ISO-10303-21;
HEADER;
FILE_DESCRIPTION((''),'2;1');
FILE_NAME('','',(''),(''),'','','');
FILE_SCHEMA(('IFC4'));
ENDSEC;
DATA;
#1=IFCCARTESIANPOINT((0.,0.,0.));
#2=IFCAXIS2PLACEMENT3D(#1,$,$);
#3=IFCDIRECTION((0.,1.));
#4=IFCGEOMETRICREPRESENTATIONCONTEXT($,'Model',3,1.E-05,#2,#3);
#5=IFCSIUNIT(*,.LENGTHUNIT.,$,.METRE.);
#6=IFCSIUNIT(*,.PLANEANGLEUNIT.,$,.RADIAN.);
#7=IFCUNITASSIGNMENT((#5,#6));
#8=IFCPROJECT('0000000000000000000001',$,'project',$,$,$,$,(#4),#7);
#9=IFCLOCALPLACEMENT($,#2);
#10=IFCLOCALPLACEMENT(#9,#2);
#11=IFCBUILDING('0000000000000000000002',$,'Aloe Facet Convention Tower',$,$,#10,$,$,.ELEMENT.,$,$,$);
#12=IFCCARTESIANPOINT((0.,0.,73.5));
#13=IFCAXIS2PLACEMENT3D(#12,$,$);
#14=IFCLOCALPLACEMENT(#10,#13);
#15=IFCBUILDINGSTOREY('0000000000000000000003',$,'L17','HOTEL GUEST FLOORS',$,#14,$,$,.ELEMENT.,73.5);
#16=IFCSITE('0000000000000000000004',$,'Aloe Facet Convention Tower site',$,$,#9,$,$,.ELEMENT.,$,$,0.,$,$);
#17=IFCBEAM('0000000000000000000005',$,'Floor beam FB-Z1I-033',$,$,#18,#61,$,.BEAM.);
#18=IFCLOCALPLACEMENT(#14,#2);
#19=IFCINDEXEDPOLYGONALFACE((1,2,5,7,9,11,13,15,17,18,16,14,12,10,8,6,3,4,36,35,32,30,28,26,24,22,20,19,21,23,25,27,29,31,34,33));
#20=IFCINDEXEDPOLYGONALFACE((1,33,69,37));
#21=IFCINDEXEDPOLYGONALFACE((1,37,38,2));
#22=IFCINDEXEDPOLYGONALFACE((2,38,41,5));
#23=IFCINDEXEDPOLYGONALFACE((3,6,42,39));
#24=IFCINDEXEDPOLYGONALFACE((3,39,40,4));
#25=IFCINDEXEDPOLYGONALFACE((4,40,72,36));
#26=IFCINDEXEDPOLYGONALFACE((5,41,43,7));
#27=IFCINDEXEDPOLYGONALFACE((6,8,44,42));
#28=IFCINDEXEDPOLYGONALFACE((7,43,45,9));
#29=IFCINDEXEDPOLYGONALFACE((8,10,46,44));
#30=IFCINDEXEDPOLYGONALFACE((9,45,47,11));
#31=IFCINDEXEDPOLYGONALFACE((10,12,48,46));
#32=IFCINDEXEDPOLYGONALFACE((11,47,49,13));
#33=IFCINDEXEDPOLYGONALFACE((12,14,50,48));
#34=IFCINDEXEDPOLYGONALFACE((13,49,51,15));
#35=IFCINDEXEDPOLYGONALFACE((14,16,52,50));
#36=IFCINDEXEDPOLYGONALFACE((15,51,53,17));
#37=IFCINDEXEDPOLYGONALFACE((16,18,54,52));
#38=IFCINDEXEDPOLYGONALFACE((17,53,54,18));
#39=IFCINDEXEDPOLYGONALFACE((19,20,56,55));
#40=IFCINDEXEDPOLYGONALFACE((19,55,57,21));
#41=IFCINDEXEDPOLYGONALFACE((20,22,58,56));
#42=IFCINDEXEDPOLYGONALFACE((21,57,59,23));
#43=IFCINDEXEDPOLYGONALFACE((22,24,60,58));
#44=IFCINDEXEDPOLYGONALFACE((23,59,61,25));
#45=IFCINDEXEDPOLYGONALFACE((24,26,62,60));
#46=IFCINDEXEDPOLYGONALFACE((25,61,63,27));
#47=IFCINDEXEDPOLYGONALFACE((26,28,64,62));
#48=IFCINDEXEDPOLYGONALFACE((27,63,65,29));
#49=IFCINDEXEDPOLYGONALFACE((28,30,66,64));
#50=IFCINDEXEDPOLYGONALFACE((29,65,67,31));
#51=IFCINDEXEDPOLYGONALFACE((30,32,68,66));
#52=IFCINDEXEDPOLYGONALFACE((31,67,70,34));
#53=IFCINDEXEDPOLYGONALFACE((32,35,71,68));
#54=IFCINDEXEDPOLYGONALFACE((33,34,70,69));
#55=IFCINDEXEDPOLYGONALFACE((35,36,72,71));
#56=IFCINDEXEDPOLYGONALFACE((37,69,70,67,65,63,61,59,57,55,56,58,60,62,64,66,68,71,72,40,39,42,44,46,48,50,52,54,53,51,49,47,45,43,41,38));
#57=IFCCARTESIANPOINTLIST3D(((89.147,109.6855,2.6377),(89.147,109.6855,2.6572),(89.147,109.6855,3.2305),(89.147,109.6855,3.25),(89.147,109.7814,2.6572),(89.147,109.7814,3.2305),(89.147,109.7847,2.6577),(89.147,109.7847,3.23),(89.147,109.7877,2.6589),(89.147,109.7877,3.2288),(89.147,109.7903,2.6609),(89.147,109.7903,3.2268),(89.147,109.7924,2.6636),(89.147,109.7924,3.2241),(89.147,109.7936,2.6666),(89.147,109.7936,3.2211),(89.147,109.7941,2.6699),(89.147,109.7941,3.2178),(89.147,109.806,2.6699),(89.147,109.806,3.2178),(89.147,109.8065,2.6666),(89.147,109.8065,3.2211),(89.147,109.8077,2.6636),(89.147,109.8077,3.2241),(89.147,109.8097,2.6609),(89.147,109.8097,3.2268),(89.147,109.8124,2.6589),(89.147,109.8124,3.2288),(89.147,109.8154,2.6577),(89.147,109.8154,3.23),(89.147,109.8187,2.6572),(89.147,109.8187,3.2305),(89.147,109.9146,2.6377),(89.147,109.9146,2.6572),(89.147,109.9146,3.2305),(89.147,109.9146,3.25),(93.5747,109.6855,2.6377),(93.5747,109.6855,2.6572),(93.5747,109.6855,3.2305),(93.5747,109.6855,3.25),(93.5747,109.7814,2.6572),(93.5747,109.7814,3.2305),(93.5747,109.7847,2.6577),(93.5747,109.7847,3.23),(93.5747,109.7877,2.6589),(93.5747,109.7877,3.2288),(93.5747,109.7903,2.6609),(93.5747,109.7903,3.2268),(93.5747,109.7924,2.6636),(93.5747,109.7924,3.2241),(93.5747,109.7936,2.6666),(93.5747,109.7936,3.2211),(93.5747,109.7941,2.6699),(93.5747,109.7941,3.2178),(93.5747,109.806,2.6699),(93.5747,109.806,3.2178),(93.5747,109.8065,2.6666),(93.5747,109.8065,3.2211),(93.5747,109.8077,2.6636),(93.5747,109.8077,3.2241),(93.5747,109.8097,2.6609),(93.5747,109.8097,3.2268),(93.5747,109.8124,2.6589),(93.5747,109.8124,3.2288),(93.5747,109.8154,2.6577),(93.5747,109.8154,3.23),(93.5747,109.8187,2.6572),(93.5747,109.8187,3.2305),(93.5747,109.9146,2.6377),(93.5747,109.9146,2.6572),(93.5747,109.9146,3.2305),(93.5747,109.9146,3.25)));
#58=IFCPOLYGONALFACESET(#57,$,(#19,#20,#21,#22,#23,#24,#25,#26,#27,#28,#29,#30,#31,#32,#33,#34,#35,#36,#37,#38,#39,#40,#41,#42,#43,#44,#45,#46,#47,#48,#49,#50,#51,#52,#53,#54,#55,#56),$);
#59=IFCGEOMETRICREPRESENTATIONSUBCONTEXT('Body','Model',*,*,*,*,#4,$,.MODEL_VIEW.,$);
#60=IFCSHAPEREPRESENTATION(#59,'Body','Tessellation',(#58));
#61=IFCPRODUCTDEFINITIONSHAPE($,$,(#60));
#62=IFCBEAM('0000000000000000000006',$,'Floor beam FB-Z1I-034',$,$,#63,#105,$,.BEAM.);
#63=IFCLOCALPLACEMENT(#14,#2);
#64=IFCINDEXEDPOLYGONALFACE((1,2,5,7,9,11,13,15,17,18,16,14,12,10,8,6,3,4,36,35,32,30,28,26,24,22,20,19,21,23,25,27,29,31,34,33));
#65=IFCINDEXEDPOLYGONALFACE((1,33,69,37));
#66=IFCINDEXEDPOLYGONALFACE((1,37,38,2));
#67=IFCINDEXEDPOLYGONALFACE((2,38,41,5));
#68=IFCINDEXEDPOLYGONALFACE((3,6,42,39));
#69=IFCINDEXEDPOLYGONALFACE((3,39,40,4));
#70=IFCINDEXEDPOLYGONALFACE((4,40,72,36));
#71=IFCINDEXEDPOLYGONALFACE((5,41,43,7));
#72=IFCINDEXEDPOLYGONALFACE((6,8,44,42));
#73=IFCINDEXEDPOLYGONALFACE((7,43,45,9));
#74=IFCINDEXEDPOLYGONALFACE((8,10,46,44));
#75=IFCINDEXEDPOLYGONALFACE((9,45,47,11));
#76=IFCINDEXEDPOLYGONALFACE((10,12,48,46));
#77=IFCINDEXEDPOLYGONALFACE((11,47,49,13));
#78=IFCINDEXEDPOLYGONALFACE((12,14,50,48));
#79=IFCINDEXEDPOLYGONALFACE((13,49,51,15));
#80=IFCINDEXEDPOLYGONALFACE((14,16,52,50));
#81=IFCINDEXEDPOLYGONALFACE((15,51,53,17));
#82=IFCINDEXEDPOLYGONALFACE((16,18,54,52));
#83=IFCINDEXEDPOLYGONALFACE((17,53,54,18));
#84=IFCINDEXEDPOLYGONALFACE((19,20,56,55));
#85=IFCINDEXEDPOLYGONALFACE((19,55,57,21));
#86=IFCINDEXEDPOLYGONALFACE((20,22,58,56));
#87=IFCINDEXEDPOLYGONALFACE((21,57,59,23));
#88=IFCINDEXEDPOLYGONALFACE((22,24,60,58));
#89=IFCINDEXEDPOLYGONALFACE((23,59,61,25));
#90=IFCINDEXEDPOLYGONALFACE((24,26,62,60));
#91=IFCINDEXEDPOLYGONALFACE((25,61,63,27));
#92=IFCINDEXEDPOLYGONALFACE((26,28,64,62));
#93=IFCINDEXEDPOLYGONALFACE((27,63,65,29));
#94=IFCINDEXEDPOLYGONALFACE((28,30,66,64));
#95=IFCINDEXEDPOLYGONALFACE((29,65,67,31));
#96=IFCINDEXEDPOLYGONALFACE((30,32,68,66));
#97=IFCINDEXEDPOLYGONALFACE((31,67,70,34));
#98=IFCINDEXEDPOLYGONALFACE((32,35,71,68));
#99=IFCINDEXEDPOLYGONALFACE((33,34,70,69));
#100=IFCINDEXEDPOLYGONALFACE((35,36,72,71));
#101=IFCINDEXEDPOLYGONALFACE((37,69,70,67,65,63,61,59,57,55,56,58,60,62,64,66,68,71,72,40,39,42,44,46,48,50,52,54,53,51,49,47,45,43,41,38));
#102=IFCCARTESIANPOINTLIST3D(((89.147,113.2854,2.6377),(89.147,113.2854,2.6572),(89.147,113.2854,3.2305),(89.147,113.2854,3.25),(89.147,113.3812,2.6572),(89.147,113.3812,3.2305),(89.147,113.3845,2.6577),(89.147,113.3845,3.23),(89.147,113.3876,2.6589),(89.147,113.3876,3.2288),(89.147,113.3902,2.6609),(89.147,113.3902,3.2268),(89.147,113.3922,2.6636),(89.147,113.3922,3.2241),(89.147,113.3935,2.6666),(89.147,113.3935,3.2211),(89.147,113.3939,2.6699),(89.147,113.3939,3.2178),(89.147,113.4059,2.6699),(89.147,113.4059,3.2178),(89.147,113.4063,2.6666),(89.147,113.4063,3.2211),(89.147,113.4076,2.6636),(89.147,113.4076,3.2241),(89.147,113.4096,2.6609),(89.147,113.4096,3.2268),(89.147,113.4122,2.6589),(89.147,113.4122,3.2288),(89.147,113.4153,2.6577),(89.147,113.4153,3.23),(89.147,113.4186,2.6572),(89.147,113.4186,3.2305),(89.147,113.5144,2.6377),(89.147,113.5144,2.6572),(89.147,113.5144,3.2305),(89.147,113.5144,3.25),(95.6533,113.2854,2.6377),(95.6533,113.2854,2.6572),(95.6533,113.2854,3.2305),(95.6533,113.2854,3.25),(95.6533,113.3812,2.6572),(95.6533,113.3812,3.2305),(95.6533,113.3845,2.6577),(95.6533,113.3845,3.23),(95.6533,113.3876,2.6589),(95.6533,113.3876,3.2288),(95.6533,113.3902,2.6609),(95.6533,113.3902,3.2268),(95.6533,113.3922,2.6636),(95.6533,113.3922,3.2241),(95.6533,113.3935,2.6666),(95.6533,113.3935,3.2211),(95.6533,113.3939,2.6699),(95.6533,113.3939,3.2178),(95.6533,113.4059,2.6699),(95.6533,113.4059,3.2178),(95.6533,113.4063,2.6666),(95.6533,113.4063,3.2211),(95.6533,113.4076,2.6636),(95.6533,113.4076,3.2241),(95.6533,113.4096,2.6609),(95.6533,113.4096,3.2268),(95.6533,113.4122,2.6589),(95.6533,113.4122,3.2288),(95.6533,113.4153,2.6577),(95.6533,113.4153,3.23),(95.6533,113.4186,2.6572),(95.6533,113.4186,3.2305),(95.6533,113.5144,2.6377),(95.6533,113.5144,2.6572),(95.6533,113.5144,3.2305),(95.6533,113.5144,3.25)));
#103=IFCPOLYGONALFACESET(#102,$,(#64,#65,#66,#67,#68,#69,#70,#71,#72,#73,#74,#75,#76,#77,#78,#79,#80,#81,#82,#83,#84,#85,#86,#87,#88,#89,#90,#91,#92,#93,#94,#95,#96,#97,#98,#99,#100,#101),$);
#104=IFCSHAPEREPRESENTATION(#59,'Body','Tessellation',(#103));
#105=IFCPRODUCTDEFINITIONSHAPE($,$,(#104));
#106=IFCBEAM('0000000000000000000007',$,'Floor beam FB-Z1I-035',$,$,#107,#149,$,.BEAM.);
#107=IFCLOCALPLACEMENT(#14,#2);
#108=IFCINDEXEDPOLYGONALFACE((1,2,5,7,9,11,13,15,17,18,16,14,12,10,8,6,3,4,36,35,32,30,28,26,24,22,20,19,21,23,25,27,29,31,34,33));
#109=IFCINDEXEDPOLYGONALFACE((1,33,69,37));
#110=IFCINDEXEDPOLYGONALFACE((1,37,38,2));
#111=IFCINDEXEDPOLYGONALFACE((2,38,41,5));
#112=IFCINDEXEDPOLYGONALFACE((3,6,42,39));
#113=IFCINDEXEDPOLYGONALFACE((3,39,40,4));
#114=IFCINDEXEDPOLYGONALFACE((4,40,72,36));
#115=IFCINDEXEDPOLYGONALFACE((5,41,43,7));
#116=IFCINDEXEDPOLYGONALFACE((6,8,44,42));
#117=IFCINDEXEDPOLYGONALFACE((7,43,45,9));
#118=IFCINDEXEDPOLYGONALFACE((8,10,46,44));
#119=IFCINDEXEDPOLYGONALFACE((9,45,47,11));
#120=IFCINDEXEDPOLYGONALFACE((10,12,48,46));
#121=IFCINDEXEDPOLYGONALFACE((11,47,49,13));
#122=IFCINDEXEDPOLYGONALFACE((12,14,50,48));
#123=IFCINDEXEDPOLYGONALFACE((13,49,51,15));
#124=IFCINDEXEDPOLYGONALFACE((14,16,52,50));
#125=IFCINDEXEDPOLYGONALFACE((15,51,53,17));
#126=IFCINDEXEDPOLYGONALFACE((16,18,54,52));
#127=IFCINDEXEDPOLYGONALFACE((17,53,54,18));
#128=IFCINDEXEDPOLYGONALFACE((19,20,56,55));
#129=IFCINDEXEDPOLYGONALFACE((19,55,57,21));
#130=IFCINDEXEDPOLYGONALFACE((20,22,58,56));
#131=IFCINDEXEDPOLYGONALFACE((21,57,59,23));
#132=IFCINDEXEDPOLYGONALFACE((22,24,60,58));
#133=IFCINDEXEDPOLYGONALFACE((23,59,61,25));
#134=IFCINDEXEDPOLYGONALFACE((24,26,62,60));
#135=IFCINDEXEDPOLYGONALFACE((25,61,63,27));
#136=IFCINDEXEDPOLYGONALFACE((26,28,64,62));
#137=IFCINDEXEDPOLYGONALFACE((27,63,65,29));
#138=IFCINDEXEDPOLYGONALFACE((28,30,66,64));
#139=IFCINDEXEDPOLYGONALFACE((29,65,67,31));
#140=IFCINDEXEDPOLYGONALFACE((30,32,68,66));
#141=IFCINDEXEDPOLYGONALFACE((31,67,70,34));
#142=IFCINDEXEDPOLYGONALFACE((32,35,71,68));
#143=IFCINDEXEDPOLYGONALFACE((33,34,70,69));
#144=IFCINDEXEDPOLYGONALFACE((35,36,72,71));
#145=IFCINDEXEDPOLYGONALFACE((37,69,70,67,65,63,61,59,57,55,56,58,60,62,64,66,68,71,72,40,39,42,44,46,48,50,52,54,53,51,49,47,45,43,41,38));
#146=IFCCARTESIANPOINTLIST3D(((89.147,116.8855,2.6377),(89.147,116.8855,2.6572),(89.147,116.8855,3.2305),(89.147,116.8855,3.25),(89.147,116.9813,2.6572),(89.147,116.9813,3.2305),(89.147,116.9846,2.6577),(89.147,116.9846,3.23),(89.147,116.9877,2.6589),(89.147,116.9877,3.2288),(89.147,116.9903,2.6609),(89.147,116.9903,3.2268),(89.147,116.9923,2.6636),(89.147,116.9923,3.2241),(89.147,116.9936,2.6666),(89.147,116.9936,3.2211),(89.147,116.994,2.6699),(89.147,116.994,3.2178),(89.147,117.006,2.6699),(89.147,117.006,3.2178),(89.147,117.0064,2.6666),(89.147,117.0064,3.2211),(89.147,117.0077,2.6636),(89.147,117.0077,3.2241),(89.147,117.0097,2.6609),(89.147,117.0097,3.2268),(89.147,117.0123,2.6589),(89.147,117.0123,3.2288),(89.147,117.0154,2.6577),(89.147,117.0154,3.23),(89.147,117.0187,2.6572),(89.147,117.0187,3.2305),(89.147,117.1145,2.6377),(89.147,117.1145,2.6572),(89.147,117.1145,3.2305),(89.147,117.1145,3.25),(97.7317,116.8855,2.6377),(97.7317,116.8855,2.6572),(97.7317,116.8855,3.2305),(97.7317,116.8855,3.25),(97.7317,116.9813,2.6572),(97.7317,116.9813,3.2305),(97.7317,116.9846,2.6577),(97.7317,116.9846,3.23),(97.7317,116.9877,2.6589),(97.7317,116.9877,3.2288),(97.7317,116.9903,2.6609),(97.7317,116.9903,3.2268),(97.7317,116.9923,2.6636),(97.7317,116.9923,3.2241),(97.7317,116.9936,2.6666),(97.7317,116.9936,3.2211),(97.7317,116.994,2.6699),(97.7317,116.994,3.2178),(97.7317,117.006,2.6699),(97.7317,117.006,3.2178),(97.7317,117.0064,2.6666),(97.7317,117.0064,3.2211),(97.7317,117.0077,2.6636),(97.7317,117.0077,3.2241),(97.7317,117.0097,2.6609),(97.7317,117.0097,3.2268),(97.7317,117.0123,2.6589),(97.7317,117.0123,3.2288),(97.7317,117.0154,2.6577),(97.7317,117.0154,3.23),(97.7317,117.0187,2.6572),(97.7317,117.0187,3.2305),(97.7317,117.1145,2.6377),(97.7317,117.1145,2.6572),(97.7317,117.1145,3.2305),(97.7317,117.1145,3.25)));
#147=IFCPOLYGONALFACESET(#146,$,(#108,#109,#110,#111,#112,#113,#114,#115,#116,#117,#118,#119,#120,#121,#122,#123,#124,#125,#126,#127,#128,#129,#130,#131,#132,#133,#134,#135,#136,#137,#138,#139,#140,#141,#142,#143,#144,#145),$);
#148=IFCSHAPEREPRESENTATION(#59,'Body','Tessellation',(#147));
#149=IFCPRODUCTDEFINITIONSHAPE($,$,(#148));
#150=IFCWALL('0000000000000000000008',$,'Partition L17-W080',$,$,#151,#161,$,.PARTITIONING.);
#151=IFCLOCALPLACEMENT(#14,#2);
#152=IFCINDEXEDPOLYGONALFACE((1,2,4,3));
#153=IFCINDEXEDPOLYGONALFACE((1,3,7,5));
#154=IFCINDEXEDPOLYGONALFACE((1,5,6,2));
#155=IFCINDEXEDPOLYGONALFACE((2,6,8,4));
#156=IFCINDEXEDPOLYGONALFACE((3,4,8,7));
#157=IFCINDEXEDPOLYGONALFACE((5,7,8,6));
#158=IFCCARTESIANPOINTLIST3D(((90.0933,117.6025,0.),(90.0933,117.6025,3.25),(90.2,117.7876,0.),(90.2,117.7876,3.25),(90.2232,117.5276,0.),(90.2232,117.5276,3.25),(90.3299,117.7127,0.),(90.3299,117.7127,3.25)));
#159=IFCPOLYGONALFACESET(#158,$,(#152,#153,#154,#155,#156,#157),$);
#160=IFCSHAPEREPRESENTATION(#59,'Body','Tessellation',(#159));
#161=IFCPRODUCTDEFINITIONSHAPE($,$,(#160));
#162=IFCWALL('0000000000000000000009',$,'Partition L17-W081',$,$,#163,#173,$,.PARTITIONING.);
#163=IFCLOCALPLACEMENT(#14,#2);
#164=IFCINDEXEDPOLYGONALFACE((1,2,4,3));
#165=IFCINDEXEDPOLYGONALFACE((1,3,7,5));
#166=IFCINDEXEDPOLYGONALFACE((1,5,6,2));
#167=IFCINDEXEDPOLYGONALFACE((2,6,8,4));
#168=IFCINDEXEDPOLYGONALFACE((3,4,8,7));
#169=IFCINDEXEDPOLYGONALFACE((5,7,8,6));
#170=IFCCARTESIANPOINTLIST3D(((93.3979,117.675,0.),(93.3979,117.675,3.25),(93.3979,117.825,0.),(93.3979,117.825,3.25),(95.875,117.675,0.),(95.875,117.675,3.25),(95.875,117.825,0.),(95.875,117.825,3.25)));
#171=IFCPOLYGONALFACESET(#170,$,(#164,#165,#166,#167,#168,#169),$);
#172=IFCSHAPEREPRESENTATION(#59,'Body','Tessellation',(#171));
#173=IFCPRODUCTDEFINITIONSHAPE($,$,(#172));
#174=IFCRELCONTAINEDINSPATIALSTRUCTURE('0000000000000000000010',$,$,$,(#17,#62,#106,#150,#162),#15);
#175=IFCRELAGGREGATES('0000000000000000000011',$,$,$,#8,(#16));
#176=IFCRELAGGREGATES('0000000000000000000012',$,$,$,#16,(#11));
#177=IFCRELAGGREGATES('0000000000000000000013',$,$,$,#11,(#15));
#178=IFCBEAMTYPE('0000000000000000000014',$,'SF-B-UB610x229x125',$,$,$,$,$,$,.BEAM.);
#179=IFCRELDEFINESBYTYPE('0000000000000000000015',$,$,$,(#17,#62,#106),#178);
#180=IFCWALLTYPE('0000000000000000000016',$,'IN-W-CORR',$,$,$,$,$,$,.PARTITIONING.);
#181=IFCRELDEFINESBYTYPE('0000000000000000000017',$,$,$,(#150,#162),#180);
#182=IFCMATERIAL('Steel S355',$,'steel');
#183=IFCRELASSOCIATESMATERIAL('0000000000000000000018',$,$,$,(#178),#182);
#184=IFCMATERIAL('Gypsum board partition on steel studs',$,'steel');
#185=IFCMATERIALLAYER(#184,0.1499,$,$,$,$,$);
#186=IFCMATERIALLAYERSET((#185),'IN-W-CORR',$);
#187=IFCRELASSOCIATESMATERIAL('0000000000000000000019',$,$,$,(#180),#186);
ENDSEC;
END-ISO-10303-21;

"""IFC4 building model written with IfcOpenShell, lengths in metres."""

from ifc_helpers import new_model, si_unit, direction, frame, frame_2d, origin, origin_2d, place, context, subcontext, project, spatial, rectangle, i_section, extrude, material, layer, layer_set, material_profile, profile_set, type_object, element, save


model = new_model("IFC4")

# Units and contexts
model_context = context("Model", 3, precision=1e-05, world=origin(), true_north=direction((0.0, 1.0)))
body_context = subcontext(model_context, "Body", "Model", "MODEL_VIEW")
ifc_project = project(units=[si_unit("LENGTHUNIT", "METRE"), si_unit("PLANEANGLEUNIT", "RADIAN")], contexts=[model_context])

# Site, building, storey
site_placement = place(None, origin())
site = spatial("IfcSite", under=ifc_project, at=site_placement, Name="Aloe Facet Convention Tower site", CompositionType="ELEMENT", RefElevation=0.0)
building_placement = place(site_placement, origin())
building = spatial("IfcBuilding", under=site, at=building_placement, Name="Aloe Facet Convention Tower", CompositionType="ELEMENT")
storey_placement = place(building_placement, frame((0.0, 0.0, 73.5)))
storey = spatial("IfcBuildingStorey", under=building, at=storey_placement, Name="L17", Description="HOTEL GUEST FLOORS", CompositionType="ELEMENT", Elevation=73.5)

# Beams
ifc_material_1 = material(Name="Steel S355", Category="steel")
ifc_material_profile = material_profile(ifc_material_1, i_section(OverallWidth=0.229, OverallDepth=0.6123, WebThickness=0.012, FlangeThickness=0.0195, FilletRadius=0.0127, at=origin_2d()), Name="UB 610x229x125")
ifc_profile_set = profile_set([ifc_material_profile], Name="Steel S355")
beam_type = type_object("IfcBeamType", Name="SF-B-UB610x229x125", PredefinedType="BEAM", material=ifc_profile_set)
beam_1_placement = place(storey_placement, frame((89.147, 109.8, 2.9438), z_axis=(1.0, 0.0, 0.0), x_axis=(0.0, 1.0, 0.0)))
element("IfcBeam", 1, at=beam_1_placement, inside=storey, type_object=beam_type, Name="Floor beam FB-Z1I-033", PredefinedType="BEAM", context=body_context, shape_type="SweptSolid", body=[
    extrude(i_section(OverallWidth=0.229, OverallDepth=0.6123, WebThickness=0.012, FlangeThickness=0.0195, FilletRadius=0.0127, at=origin_2d()), origin(), (0.0, 0.0, 1.0), 4.4277),
])
beam_2_placement = place(storey_placement, frame((89.147, 113.3999, 2.9438), z_axis=(1.0, 0.0, 0.0), x_axis=(0.0, 1.0, 0.0)))
element("IfcBeam", 2, at=beam_2_placement, inside=storey, type_object=beam_type, Name="Floor beam FB-Z1I-034", PredefinedType="BEAM", context=body_context, shape_type="SweptSolid", body=[
    extrude(i_section(OverallWidth=0.229, OverallDepth=0.6123, WebThickness=0.012, FlangeThickness=0.0195, FilletRadius=0.0127, at=origin_2d()), origin(), (0.0, 0.0, 1.0), 6.5063),
])
beam_3_placement = place(storey_placement, frame((89.147, 117.0, 2.9438), z_axis=(1.0, 0.0, 0.0), x_axis=(0.0, 1.0, 0.0)))
element("IfcBeam", 3, at=beam_3_placement, inside=storey, type_object=beam_type, Name="Floor beam FB-Z1I-035", PredefinedType="BEAM", context=body_context, shape_type="SweptSolid", body=[
    extrude(i_section(OverallWidth=0.229, OverallDepth=0.6123, WebThickness=0.012, FlangeThickness=0.0195, FilletRadius=0.0127, at=origin_2d()), origin(), (0.0, 0.0, 1.0), 8.5847),
])

# Walls
ifc_material_2 = material(Name="Gypsum board partition on steel studs", Category="steel")
ifc_layer_1 = layer(ifc_material_2, 0.1499)
ifc_layer_set_1 = layer_set([ifc_layer_1], Name="IN-W-CORR")
wall_type_1 = type_object("IfcWallType", Name="IN-W-CORR", PredefinedType="PARTITIONING", material=ifc_layer_set_1)
wall_1_placement = place(storey_placement, frame((90.1582, 117.5649, 0.0), z_axis=(0.0, 0.0, 1.0), x_axis=(0.499459, 0.866338, 0.0)))
element("IfcWall", 4, at=wall_1_placement, inside=storey, type_object=wall_type_1, Name="Partition L17-W080", PredefinedType="PARTITIONING", context=body_context, shape_type="SweptSolid", body=[
    extrude(rectangle(XDim=0.2136, YDim=0.1499, at=frame_2d((0.1069, 0.0))), origin(), (0.0, 0.0, 1.0), 3.25),
])
wall_2_placement = place(storey_placement, frame((93.3979, 117.75, 0.0), z_axis=(0.0, 0.0, 1.0), x_axis=(1.0, 0.0, 0.0)))
element("IfcWall", 5, at=wall_2_placement, inside=storey, type_object=wall_type_1, Name="Partition L17-W081", PredefinedType="PARTITIONING", context=body_context, shape_type="SweptSolid", body=[
    extrude(rectangle(XDim=2.4771, YDim=0.1499, at=frame_2d((1.2385, 0.0))), origin(), (0.0, 0.0, 1.0), 3.25),
])

save(model, "model.ifc")
